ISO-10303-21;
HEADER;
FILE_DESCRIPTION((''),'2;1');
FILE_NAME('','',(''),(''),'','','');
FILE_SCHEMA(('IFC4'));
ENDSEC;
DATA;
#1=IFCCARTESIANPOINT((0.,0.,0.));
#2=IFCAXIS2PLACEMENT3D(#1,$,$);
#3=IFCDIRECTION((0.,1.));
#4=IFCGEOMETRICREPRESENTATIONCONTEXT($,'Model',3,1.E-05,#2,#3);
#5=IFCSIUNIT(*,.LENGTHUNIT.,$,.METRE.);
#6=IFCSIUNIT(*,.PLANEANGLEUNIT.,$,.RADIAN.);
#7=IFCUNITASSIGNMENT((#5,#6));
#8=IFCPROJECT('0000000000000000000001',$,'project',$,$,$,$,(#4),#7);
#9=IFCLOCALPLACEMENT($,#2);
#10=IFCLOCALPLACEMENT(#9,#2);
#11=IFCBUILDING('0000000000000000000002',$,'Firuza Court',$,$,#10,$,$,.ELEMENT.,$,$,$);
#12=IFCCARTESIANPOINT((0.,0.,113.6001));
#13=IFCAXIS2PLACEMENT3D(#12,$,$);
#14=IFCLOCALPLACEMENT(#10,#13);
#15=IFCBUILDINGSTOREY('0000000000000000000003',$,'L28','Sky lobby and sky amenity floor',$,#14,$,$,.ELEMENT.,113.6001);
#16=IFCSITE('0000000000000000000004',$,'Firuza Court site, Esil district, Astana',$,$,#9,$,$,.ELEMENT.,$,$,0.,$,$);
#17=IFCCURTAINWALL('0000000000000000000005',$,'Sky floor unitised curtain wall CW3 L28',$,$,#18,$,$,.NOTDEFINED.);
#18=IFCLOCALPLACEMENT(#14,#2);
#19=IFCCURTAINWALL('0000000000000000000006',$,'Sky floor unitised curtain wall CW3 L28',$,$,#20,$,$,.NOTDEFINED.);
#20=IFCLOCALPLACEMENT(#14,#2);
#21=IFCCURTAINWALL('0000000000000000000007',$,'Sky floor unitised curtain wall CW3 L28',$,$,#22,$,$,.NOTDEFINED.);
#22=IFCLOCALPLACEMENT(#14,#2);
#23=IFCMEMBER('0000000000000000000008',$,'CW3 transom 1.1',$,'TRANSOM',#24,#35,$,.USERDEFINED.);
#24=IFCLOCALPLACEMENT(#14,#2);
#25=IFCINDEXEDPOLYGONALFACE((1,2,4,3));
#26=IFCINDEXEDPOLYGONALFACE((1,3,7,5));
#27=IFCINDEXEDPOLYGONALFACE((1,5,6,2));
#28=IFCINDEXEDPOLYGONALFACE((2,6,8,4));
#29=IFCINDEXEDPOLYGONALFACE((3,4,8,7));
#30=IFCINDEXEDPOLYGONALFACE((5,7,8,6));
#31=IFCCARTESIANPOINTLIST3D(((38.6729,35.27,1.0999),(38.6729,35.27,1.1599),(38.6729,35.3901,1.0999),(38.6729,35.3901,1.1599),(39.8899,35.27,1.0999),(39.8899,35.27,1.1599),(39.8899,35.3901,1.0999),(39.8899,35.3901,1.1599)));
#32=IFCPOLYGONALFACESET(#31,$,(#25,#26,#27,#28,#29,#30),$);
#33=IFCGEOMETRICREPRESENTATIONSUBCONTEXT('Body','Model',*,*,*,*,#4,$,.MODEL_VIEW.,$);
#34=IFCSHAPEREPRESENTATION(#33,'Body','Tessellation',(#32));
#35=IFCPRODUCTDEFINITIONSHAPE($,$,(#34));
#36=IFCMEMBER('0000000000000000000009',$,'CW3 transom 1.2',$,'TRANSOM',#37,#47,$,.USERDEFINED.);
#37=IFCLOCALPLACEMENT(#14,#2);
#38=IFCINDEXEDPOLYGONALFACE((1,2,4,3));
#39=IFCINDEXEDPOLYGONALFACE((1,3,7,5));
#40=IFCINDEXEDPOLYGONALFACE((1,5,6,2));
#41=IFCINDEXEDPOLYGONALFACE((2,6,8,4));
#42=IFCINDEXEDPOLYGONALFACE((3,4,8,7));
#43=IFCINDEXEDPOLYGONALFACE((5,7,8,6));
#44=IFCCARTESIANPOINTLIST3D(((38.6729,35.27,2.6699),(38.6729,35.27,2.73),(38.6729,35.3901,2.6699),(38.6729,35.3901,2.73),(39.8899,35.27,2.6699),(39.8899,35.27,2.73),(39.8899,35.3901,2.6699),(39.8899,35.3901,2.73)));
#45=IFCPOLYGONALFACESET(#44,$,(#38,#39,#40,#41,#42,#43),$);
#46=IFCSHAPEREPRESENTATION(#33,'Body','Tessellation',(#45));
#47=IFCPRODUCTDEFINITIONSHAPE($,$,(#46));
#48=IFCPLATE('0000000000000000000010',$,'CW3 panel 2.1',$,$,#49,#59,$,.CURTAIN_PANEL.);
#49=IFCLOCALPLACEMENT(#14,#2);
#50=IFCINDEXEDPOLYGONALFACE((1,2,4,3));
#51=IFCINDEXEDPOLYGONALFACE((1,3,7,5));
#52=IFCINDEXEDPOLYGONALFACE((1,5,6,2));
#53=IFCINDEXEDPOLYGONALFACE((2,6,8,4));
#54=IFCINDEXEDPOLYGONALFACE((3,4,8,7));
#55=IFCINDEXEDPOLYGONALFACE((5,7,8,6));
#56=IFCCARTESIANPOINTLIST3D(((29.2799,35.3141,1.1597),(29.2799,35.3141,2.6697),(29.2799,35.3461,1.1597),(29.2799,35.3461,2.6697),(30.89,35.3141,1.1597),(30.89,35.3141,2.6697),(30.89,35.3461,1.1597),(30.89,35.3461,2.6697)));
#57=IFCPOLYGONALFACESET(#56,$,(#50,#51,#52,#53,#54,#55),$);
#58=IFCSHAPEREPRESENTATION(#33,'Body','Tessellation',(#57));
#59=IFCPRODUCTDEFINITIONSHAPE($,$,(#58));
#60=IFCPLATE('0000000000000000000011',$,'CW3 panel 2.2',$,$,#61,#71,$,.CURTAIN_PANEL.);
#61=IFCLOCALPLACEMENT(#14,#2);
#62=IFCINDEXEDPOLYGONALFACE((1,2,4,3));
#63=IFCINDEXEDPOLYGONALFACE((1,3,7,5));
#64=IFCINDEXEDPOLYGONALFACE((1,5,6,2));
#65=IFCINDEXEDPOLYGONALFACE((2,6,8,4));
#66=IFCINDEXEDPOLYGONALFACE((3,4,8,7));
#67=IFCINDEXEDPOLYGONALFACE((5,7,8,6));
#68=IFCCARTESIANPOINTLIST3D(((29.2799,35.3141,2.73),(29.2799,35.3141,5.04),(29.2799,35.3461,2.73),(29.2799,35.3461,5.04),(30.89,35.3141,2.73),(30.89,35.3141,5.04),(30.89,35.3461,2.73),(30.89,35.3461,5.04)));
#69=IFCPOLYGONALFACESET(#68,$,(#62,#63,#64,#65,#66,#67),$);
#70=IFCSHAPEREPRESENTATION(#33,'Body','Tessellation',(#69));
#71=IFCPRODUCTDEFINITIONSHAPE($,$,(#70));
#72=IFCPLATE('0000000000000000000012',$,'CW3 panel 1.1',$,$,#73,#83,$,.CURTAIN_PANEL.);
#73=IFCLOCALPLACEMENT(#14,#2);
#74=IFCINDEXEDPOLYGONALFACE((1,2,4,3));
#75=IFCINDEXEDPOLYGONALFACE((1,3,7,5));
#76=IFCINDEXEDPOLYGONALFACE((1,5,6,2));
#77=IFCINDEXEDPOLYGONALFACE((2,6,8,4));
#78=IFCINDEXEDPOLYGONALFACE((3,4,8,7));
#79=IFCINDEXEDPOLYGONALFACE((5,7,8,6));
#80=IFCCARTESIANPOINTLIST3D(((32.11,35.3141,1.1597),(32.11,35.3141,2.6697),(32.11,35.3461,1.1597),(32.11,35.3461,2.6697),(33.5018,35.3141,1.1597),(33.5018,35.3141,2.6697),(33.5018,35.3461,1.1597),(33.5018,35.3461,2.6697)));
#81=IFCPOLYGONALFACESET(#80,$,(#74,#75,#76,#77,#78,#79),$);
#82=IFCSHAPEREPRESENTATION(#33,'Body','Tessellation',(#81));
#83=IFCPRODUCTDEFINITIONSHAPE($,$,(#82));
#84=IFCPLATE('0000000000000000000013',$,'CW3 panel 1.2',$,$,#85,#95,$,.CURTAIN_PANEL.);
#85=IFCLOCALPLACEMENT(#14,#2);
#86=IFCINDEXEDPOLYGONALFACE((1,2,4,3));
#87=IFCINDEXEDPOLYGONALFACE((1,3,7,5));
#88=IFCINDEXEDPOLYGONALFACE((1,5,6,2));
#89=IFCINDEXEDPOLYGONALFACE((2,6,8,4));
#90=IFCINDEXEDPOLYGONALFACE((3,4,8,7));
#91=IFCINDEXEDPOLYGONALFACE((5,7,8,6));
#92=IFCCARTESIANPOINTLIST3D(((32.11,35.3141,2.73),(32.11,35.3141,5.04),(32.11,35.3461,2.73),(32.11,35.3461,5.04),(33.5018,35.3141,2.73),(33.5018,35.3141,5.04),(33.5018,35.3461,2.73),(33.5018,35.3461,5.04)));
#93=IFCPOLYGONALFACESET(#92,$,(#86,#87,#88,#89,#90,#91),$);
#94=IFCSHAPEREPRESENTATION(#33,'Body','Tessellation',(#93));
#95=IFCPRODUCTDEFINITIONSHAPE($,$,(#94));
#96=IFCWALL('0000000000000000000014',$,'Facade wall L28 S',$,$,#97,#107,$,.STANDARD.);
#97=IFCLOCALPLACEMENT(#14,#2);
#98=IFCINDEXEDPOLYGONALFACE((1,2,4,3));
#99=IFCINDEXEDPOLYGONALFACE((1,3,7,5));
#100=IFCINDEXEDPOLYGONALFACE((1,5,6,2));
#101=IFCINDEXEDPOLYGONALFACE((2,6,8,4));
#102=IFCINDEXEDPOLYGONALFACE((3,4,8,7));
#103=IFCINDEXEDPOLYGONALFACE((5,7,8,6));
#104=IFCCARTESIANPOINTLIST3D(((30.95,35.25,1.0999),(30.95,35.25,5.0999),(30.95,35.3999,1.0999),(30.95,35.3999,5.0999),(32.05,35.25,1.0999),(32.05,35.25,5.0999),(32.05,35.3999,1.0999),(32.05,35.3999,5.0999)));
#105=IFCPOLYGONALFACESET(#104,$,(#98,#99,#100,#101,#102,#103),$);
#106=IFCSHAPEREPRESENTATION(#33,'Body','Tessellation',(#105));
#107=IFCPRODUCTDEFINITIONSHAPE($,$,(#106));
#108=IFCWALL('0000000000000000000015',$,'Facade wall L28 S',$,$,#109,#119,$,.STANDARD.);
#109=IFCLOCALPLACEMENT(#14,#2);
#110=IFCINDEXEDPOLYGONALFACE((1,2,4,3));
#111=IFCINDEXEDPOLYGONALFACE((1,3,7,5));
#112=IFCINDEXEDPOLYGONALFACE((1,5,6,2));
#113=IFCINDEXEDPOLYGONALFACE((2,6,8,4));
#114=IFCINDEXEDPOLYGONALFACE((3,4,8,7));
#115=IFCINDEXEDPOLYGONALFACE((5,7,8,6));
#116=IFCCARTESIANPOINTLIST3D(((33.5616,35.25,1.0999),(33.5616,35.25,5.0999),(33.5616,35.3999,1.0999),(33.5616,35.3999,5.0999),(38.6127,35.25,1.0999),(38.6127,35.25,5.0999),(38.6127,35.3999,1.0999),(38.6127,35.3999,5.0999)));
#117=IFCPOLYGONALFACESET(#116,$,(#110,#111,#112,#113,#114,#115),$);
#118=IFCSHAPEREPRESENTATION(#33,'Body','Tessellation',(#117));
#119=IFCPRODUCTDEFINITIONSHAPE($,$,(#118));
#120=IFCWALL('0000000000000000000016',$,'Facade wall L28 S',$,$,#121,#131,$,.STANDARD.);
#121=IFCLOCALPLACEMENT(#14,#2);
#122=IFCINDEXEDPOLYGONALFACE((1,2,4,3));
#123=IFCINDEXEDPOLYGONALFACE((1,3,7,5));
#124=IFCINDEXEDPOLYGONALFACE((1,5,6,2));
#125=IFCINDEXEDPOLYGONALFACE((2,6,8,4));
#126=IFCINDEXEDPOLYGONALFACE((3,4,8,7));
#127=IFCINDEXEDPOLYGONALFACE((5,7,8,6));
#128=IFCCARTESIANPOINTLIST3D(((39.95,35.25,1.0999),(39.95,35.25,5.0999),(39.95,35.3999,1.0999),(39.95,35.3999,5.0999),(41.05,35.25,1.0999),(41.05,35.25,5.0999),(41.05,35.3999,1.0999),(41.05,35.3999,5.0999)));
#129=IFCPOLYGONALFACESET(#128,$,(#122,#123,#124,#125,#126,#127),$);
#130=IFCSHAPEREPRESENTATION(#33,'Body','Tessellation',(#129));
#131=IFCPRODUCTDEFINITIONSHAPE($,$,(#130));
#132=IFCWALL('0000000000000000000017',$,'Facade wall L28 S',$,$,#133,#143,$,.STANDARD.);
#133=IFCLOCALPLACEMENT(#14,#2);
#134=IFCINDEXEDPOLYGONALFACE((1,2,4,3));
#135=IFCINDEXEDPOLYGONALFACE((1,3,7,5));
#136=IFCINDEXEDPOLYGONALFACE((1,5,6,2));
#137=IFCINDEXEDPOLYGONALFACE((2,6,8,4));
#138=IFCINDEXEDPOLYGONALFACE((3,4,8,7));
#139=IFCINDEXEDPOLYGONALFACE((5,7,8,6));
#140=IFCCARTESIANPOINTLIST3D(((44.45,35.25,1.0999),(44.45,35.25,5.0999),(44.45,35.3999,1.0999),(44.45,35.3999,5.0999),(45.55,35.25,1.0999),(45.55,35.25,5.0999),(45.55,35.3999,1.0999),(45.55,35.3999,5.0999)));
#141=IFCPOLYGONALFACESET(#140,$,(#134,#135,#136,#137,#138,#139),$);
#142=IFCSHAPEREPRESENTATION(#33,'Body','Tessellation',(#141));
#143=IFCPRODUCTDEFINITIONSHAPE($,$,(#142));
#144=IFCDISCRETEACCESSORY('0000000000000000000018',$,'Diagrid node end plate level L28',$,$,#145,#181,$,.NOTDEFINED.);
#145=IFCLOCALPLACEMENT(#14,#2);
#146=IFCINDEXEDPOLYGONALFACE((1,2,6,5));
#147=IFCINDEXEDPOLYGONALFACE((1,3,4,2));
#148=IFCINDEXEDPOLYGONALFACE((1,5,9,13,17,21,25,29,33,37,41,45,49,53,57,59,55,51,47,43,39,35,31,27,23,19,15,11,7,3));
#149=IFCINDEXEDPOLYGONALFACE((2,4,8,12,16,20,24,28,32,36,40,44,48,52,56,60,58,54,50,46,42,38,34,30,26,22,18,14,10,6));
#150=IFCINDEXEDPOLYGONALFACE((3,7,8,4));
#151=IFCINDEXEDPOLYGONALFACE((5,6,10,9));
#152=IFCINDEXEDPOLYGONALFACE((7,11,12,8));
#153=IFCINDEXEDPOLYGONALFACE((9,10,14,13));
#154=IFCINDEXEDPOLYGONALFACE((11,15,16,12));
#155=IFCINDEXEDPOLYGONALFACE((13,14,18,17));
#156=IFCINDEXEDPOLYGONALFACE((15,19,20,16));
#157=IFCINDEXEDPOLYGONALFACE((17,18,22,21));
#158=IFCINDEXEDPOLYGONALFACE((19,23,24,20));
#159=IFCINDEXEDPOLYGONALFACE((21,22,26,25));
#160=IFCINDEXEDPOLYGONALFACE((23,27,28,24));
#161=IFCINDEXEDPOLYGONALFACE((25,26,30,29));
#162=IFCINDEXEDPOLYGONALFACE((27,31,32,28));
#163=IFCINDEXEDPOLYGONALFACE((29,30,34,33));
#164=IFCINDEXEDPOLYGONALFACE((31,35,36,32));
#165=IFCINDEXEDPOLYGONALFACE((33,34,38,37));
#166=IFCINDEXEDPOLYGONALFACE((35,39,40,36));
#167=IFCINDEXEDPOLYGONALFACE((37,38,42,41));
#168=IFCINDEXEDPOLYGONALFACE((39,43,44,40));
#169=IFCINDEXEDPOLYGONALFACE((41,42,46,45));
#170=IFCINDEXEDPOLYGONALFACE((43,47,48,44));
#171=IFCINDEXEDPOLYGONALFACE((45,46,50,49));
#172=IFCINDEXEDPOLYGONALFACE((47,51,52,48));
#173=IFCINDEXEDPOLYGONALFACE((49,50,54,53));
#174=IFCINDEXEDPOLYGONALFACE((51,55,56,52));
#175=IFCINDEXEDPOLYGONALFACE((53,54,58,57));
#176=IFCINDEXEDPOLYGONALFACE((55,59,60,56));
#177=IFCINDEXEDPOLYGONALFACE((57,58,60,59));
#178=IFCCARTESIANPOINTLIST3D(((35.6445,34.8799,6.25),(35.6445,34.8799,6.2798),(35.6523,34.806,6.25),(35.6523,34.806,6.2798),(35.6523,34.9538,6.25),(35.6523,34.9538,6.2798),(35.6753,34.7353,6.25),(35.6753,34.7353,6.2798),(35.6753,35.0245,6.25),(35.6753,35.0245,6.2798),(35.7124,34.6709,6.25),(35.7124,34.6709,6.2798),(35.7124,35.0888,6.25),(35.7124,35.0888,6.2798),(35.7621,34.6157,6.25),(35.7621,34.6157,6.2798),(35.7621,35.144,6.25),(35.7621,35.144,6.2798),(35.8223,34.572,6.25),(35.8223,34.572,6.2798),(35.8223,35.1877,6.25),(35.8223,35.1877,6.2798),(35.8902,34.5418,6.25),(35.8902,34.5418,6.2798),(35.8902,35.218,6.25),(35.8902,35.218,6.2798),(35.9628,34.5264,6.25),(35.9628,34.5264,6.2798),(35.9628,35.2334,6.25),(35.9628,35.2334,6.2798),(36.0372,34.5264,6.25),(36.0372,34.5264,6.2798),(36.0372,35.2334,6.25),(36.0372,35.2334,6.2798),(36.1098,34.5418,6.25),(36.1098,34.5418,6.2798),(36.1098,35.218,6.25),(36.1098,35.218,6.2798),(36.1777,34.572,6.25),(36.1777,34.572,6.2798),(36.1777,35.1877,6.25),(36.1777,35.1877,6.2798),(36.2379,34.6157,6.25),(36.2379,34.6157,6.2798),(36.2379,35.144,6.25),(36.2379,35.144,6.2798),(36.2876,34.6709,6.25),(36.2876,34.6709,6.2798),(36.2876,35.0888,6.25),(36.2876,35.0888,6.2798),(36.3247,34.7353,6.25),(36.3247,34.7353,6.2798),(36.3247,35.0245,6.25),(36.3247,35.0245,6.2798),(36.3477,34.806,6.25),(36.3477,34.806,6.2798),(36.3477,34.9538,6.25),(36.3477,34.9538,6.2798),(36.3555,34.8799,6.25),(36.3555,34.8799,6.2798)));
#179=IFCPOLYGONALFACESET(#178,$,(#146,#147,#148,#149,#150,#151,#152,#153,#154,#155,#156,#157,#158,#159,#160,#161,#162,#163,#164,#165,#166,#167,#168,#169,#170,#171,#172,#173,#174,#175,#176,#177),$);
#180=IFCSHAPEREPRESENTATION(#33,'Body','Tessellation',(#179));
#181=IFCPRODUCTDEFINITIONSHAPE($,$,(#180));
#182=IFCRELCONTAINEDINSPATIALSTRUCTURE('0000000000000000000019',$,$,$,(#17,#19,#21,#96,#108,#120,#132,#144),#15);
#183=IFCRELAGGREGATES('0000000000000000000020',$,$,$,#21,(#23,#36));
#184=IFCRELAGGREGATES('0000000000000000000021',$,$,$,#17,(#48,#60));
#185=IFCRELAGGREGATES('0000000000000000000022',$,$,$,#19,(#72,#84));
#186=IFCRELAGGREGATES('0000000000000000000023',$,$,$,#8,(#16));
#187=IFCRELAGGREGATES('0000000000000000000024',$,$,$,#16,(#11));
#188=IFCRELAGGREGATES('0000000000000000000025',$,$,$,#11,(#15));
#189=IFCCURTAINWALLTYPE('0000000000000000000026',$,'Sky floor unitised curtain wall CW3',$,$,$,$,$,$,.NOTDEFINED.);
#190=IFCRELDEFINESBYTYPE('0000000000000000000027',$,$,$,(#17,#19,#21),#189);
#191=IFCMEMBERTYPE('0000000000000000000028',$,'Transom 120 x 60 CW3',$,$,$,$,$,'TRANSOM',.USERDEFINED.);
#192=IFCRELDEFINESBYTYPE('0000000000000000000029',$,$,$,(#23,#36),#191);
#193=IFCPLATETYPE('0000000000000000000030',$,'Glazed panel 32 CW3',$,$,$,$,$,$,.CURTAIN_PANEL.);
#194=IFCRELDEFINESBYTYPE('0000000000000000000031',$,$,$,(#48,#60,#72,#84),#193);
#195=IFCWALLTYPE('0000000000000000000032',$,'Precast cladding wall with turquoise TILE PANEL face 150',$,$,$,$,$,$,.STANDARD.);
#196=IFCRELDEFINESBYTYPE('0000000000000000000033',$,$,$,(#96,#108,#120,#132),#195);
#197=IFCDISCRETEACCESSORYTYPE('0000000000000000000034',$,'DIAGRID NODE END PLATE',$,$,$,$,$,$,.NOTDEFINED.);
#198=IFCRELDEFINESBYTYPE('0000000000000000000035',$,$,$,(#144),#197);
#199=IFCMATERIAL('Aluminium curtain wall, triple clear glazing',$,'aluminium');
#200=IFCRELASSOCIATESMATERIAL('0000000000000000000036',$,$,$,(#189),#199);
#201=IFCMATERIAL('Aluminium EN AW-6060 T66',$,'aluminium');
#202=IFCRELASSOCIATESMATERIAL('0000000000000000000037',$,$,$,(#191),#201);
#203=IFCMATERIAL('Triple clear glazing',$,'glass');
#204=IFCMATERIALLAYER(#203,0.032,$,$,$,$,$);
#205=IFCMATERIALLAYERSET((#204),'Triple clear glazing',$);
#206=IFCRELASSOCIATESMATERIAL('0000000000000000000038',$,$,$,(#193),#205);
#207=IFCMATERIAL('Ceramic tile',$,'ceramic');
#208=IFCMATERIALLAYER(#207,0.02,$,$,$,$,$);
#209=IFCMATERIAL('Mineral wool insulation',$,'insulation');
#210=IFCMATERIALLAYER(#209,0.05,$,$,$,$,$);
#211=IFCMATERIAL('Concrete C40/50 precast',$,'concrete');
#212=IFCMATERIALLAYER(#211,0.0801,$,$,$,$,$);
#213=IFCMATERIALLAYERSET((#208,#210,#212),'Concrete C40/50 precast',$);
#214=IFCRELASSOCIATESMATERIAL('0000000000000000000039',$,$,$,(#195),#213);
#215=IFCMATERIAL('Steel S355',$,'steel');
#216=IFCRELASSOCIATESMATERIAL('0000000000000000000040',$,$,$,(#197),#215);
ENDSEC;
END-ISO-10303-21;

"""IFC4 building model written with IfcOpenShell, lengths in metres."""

from ifc_helpers import new_model, si_unit, direction, frame, frame_2d, origin, origin_2d, place, context, subcontext, project, spatial, rectangle, circle, extrude, material, layer, layer_set, material_profile, profile_set, type_object, element, aggregate, save


model = new_model("IFC4")

# Units and contexts
model_context = context("Model", 3, precision=1e-05, world=origin(), true_north=direction((0.0, 1.0)))
body_context = subcontext(model_context, "Body", "Model", "MODEL_VIEW")
ifc_project = project(units=[si_unit("LENGTHUNIT", "METRE"), si_unit("PLANEANGLEUNIT", "RADIAN")], contexts=[model_context])

# Site, building, storey
site_placement = place(None, origin())
site = spatial("IfcSite", under=ifc_project, at=site_placement, Name="Firuza Court site, Esil district, Astana", CompositionType="ELEMENT", RefElevation=0.0)
building_placement = place(site_placement, origin())
building = spatial("IfcBuilding", under=site, at=building_placement, Name="Firuza Court", CompositionType="ELEMENT")
storey_placement = place(building_placement, frame((0.0, 0.0, 113.6001)))
storey = spatial("IfcBuildingStorey", under=building, at=storey_placement, Name="L28", Description="Sky lobby and sky amenity floor", CompositionType="ELEMENT", Elevation=113.6001)

# Curtain wall
ifc_material_1 = material(Name="Aluminium curtain wall, triple clear glazing", Category="aluminium")
curtain_wall_type = type_object("IfcCurtainWallType", Name="Sky floor unitised curtain wall CW3", PredefinedType="NOTDEFINED", material=ifc_material_1)
curtain_wall_1_placement = place(storey_placement, origin())
curtain_wall_1 = element("IfcCurtainWall", 1, at=curtain_wall_1_placement, inside=storey, type_object=curtain_wall_type, Name="Sky floor unitised curtain wall CW3 L28", PredefinedType="NOTDEFINED")

# Curtain wall
curtain_wall_2_placement = place(storey_placement, origin())
curtain_wall_2 = element("IfcCurtainWall", 2, at=curtain_wall_2_placement, inside=storey, type_object=curtain_wall_type, Name="Sky floor unitised curtain wall CW3 L28", PredefinedType="NOTDEFINED")

# Curtain wall
curtain_wall_3_placement = place(storey_placement, origin())
curtain_wall_3 = element("IfcCurtainWall", 3, at=curtain_wall_3_placement, inside=storey, type_object=curtain_wall_type, Name="Sky floor unitised curtain wall CW3 L28", PredefinedType="NOTDEFINED")

# Members
ifc_material_2 = material(Name="Aluminium EN AW-6060 T66", Category="aluminium")
ifc_material_profile_1 = material_profile(ifc_material_2, rectangle(XDim=0.1201, YDim=0.0601, at=origin_2d()), Name="Transom 120 x 60 CW3")
ifc_profile_set_1 = profile_set([ifc_material_profile_1], Name="Aluminium EN AW-6060 T66")
member_type_1 = type_object("IfcMemberType", Name="Transom 120 x 60 CW3", ElementType="TRANSOM", PredefinedType="USERDEFINED", material=ifc_profile_set_1)
member_1_placement = place(storey_placement, frame((38.6729, 35.3301, 1.1299), z_axis=(1.0, 0.0, 0.0), x_axis=(0.0, 1.0, 0.0)))
member_1 = element("IfcMember", 4, at=member_1_placement, type_object=member_type_1, Name="CW3 transom 1.1", ObjectType="TRANSOM", PredefinedType="USERDEFINED", context=body_context, shape_type="SweptSolid", body=[
    extrude(rectangle(XDim=0.1201, YDim=0.0601, at=origin_2d()), origin(), (0.0, 0.0, 1.0), 1.217),
])
member_2_placement = place(storey_placement, frame((38.6729, 35.3301, 2.7), z_axis=(1.0, 0.0, 0.0), x_axis=(0.0, 1.0, 0.0)))
member_2 = element("IfcMember", 5, at=member_2_placement, type_object=member_type_1, Name="CW3 transom 1.2", ObjectType="TRANSOM", PredefinedType="USERDEFINED", context=body_context, shape_type="SweptSolid", body=[
    extrude(rectangle(XDim=0.1201, YDim=0.0601, at=origin_2d()), origin(), (0.0, 0.0, 1.0), 1.217),
])
aggregate(curtain_wall_3, [member_1, member_2])

# Plates
ifc_material_3 = material(Name="Triple clear glazing", Category="glass")
ifc_layer_1 = layer(ifc_material_3, 0.032)
ifc_layer_set_1 = layer_set([ifc_layer_1], Name="Triple clear glazing")
plate_type = type_object("IfcPlateType", Name="Glazed panel 32 CW3", PredefinedType="CURTAIN_PANEL", material=ifc_layer_set_1)
plate_1_placement = place(storey_placement, frame((30.085, 35.3301, 1.1597), z_axis=(0.0, 0.0, 1.0), x_axis=(1.0, 0.0, 0.0)))
plate_1 = element("IfcPlate", 6, at=plate_1_placement, type_object=plate_type, Name="CW3 panel 2.1", PredefinedType="CURTAIN_PANEL", context=body_context, shape_type="SweptSolid", body=[
    extrude(rectangle(XDim=1.6101, YDim=0.032, at=origin_2d()), origin(), (0.0, 0.0, 1.0), 1.51),
])
plate_2_placement = place(storey_placement, frame((30.085, 35.3301, 2.73), z_axis=(0.0, 0.0, 1.0), x_axis=(1.0, 0.0, 0.0)))
plate_2 = element("IfcPlate", 7, at=plate_2_placement, type_object=plate_type, Name="CW3 panel 2.2", PredefinedType="CURTAIN_PANEL", context=body_context, shape_type="SweptSolid", body=[
    extrude(rectangle(XDim=1.6101, YDim=0.032, at=origin_2d()), origin(), (0.0, 0.0, 1.0), 2.3101),
])
aggregate(curtain_wall_1, [plate_1, plate_2])
plate_3_placement = place(storey_placement, frame((32.8059, 35.3301, 1.1597), z_axis=(0.0, 0.0, 1.0), x_axis=(1.0, 0.0, 0.0)))
plate_3 = element("IfcPlate", 8, at=plate_3_placement, type_object=plate_type, Name="CW3 panel 1.1", PredefinedType="CURTAIN_PANEL", context=body_context, shape_type="SweptSolid", body=[
    extrude(rectangle(XDim=1.3918, YDim=0.032, at=origin_2d()), origin(), (0.0, 0.0, 1.0), 1.51),
])
plate_4_placement = place(storey_placement, frame((32.8059, 35.3301, 2.73), z_axis=(0.0, 0.0, 1.0), x_axis=(1.0, 0.0, 0.0)))
plate_4 = element("IfcPlate", 9, at=plate_4_placement, type_object=plate_type, Name="CW3 panel 1.2", PredefinedType="CURTAIN_PANEL", context=body_context, shape_type="SweptSolid", body=[
    extrude(rectangle(XDim=1.3918, YDim=0.032, at=origin_2d()), origin(), (0.0, 0.0, 1.0), 2.3101),
])
aggregate(curtain_wall_2, [plate_3, plate_4])

# Walls
ifc_material_4 = material(Name="Ceramic tile", Category="ceramic")
ifc_layer_2 = layer(ifc_material_4, 0.02)
ifc_material_5 = material(Name="Mineral wool insulation", Category="insulation")
ifc_layer_3 = layer(ifc_material_5, 0.05)
ifc_material_6 = material(Name="Concrete C40/50 precast", Category="concrete")
ifc_layer_4 = layer(ifc_material_6, 0.0801)
ifc_layer_set_2 = layer_set([ifc_layer_2, ifc_layer_3, ifc_layer_4], Name="Concrete C40/50 precast")
wall_type = type_object("IfcWallType", Name="Precast cladding wall with turquoise TILE PANEL face 150", PredefinedType="STANDARD", material=ifc_layer_set_2)
wall_1_placement = place(storey_placement, frame((30.95, 35.325, 1.0999), z_axis=(0.0, 0.0, 1.0), x_axis=(1.0, 0.0, 0.0)))
element("IfcWall", 10, at=wall_1_placement, inside=storey, type_object=wall_type, Name="Facade wall L28 S", PredefinedType="STANDARD", context=body_context, shape_type="SweptSolid", body=[
    extrude(rectangle(XDim=1.1001, YDim=0.1499, at=frame_2d((0.55, 0.0))), origin(), (0.0, 0.0, 1.0), 4.0),
])
wall_2_placement = place(storey_placement, frame((33.5618, 35.325, 1.0999), z_axis=(0.0, 0.0, 1.0), x_axis=(1.0, 0.0, 0.0)))
element("IfcWall", 11, at=wall_2_placement, inside=storey, type_object=wall_type, Name="Facade wall L28 S", PredefinedType="STANDARD", context=body_context, shape_type="SweptSolid", body=[
    extrude(rectangle(XDim=5.051, YDim=0.1499, at=frame_2d((2.5254, 0.0))), origin(), (0.0, 0.0, 1.0), 4.0),
])
for number, where, z_axis, x_axis, name in (
    (12, (39.95, 35.325, 1.0999), (0.0, 0.0, 1.0), (1.0, 0.0, 0.0), "Facade wall L28 S"),
    (13, (44.45, 35.325, 1.0999), (0.0, 0.0, 1.0), (1.0, 0.0, 0.0), "Facade wall L28 S"),
):
    element("IfcWall", number, at=place(storey_placement, frame(where, z_axis=z_axis, x_axis=x_axis)), inside=storey, type_object=wall_type, Name=name, PredefinedType="STANDARD", context=body_context, shape_type="SweptSolid", body=[
        extrude(rectangle(XDim=1.1001, YDim=0.1499, at=frame_2d((0.55, 0.0))), origin(), (0.0, 0.0, 1.0), 4.0),
    ])

# Discrete accessory
ifc_material_7 = material(Name="Steel S355", Category="steel")
ifc_material_profile_2 = material_profile(ifc_material_7, circle(Radius=0.3555, at=origin_2d()), Name="PL D711")
ifc_profile_set_2 = profile_set([ifc_material_profile_2], Name="Steel S355")
discrete_accessory_type = type_object("IfcDiscreteAccessoryType", Name="DIAGRID NODE END PLATE", PredefinedType="NOTDEFINED", material=ifc_profile_set_2)
discrete_accessory_1_placement = place(storey_placement, frame((36.0, 34.8799, 6.25), z_axis=(0.0, 0.0, 1.0), x_axis=(1.0, 0.0, 0.0)))
element("IfcDiscreteAccessory", 14, at=discrete_accessory_1_placement, inside=storey, type_object=discrete_accessory_type, Name="Diagrid node end plate level L28", PredefinedType="NOTDEFINED", context=body_context, shape_type="SweptSolid", body=[
    extrude(circle(Radius=0.3555, at=origin_2d()), origin(), (0.0, 0.0, 1.0), 0.0298),
])

save(model, "model.ifc")
